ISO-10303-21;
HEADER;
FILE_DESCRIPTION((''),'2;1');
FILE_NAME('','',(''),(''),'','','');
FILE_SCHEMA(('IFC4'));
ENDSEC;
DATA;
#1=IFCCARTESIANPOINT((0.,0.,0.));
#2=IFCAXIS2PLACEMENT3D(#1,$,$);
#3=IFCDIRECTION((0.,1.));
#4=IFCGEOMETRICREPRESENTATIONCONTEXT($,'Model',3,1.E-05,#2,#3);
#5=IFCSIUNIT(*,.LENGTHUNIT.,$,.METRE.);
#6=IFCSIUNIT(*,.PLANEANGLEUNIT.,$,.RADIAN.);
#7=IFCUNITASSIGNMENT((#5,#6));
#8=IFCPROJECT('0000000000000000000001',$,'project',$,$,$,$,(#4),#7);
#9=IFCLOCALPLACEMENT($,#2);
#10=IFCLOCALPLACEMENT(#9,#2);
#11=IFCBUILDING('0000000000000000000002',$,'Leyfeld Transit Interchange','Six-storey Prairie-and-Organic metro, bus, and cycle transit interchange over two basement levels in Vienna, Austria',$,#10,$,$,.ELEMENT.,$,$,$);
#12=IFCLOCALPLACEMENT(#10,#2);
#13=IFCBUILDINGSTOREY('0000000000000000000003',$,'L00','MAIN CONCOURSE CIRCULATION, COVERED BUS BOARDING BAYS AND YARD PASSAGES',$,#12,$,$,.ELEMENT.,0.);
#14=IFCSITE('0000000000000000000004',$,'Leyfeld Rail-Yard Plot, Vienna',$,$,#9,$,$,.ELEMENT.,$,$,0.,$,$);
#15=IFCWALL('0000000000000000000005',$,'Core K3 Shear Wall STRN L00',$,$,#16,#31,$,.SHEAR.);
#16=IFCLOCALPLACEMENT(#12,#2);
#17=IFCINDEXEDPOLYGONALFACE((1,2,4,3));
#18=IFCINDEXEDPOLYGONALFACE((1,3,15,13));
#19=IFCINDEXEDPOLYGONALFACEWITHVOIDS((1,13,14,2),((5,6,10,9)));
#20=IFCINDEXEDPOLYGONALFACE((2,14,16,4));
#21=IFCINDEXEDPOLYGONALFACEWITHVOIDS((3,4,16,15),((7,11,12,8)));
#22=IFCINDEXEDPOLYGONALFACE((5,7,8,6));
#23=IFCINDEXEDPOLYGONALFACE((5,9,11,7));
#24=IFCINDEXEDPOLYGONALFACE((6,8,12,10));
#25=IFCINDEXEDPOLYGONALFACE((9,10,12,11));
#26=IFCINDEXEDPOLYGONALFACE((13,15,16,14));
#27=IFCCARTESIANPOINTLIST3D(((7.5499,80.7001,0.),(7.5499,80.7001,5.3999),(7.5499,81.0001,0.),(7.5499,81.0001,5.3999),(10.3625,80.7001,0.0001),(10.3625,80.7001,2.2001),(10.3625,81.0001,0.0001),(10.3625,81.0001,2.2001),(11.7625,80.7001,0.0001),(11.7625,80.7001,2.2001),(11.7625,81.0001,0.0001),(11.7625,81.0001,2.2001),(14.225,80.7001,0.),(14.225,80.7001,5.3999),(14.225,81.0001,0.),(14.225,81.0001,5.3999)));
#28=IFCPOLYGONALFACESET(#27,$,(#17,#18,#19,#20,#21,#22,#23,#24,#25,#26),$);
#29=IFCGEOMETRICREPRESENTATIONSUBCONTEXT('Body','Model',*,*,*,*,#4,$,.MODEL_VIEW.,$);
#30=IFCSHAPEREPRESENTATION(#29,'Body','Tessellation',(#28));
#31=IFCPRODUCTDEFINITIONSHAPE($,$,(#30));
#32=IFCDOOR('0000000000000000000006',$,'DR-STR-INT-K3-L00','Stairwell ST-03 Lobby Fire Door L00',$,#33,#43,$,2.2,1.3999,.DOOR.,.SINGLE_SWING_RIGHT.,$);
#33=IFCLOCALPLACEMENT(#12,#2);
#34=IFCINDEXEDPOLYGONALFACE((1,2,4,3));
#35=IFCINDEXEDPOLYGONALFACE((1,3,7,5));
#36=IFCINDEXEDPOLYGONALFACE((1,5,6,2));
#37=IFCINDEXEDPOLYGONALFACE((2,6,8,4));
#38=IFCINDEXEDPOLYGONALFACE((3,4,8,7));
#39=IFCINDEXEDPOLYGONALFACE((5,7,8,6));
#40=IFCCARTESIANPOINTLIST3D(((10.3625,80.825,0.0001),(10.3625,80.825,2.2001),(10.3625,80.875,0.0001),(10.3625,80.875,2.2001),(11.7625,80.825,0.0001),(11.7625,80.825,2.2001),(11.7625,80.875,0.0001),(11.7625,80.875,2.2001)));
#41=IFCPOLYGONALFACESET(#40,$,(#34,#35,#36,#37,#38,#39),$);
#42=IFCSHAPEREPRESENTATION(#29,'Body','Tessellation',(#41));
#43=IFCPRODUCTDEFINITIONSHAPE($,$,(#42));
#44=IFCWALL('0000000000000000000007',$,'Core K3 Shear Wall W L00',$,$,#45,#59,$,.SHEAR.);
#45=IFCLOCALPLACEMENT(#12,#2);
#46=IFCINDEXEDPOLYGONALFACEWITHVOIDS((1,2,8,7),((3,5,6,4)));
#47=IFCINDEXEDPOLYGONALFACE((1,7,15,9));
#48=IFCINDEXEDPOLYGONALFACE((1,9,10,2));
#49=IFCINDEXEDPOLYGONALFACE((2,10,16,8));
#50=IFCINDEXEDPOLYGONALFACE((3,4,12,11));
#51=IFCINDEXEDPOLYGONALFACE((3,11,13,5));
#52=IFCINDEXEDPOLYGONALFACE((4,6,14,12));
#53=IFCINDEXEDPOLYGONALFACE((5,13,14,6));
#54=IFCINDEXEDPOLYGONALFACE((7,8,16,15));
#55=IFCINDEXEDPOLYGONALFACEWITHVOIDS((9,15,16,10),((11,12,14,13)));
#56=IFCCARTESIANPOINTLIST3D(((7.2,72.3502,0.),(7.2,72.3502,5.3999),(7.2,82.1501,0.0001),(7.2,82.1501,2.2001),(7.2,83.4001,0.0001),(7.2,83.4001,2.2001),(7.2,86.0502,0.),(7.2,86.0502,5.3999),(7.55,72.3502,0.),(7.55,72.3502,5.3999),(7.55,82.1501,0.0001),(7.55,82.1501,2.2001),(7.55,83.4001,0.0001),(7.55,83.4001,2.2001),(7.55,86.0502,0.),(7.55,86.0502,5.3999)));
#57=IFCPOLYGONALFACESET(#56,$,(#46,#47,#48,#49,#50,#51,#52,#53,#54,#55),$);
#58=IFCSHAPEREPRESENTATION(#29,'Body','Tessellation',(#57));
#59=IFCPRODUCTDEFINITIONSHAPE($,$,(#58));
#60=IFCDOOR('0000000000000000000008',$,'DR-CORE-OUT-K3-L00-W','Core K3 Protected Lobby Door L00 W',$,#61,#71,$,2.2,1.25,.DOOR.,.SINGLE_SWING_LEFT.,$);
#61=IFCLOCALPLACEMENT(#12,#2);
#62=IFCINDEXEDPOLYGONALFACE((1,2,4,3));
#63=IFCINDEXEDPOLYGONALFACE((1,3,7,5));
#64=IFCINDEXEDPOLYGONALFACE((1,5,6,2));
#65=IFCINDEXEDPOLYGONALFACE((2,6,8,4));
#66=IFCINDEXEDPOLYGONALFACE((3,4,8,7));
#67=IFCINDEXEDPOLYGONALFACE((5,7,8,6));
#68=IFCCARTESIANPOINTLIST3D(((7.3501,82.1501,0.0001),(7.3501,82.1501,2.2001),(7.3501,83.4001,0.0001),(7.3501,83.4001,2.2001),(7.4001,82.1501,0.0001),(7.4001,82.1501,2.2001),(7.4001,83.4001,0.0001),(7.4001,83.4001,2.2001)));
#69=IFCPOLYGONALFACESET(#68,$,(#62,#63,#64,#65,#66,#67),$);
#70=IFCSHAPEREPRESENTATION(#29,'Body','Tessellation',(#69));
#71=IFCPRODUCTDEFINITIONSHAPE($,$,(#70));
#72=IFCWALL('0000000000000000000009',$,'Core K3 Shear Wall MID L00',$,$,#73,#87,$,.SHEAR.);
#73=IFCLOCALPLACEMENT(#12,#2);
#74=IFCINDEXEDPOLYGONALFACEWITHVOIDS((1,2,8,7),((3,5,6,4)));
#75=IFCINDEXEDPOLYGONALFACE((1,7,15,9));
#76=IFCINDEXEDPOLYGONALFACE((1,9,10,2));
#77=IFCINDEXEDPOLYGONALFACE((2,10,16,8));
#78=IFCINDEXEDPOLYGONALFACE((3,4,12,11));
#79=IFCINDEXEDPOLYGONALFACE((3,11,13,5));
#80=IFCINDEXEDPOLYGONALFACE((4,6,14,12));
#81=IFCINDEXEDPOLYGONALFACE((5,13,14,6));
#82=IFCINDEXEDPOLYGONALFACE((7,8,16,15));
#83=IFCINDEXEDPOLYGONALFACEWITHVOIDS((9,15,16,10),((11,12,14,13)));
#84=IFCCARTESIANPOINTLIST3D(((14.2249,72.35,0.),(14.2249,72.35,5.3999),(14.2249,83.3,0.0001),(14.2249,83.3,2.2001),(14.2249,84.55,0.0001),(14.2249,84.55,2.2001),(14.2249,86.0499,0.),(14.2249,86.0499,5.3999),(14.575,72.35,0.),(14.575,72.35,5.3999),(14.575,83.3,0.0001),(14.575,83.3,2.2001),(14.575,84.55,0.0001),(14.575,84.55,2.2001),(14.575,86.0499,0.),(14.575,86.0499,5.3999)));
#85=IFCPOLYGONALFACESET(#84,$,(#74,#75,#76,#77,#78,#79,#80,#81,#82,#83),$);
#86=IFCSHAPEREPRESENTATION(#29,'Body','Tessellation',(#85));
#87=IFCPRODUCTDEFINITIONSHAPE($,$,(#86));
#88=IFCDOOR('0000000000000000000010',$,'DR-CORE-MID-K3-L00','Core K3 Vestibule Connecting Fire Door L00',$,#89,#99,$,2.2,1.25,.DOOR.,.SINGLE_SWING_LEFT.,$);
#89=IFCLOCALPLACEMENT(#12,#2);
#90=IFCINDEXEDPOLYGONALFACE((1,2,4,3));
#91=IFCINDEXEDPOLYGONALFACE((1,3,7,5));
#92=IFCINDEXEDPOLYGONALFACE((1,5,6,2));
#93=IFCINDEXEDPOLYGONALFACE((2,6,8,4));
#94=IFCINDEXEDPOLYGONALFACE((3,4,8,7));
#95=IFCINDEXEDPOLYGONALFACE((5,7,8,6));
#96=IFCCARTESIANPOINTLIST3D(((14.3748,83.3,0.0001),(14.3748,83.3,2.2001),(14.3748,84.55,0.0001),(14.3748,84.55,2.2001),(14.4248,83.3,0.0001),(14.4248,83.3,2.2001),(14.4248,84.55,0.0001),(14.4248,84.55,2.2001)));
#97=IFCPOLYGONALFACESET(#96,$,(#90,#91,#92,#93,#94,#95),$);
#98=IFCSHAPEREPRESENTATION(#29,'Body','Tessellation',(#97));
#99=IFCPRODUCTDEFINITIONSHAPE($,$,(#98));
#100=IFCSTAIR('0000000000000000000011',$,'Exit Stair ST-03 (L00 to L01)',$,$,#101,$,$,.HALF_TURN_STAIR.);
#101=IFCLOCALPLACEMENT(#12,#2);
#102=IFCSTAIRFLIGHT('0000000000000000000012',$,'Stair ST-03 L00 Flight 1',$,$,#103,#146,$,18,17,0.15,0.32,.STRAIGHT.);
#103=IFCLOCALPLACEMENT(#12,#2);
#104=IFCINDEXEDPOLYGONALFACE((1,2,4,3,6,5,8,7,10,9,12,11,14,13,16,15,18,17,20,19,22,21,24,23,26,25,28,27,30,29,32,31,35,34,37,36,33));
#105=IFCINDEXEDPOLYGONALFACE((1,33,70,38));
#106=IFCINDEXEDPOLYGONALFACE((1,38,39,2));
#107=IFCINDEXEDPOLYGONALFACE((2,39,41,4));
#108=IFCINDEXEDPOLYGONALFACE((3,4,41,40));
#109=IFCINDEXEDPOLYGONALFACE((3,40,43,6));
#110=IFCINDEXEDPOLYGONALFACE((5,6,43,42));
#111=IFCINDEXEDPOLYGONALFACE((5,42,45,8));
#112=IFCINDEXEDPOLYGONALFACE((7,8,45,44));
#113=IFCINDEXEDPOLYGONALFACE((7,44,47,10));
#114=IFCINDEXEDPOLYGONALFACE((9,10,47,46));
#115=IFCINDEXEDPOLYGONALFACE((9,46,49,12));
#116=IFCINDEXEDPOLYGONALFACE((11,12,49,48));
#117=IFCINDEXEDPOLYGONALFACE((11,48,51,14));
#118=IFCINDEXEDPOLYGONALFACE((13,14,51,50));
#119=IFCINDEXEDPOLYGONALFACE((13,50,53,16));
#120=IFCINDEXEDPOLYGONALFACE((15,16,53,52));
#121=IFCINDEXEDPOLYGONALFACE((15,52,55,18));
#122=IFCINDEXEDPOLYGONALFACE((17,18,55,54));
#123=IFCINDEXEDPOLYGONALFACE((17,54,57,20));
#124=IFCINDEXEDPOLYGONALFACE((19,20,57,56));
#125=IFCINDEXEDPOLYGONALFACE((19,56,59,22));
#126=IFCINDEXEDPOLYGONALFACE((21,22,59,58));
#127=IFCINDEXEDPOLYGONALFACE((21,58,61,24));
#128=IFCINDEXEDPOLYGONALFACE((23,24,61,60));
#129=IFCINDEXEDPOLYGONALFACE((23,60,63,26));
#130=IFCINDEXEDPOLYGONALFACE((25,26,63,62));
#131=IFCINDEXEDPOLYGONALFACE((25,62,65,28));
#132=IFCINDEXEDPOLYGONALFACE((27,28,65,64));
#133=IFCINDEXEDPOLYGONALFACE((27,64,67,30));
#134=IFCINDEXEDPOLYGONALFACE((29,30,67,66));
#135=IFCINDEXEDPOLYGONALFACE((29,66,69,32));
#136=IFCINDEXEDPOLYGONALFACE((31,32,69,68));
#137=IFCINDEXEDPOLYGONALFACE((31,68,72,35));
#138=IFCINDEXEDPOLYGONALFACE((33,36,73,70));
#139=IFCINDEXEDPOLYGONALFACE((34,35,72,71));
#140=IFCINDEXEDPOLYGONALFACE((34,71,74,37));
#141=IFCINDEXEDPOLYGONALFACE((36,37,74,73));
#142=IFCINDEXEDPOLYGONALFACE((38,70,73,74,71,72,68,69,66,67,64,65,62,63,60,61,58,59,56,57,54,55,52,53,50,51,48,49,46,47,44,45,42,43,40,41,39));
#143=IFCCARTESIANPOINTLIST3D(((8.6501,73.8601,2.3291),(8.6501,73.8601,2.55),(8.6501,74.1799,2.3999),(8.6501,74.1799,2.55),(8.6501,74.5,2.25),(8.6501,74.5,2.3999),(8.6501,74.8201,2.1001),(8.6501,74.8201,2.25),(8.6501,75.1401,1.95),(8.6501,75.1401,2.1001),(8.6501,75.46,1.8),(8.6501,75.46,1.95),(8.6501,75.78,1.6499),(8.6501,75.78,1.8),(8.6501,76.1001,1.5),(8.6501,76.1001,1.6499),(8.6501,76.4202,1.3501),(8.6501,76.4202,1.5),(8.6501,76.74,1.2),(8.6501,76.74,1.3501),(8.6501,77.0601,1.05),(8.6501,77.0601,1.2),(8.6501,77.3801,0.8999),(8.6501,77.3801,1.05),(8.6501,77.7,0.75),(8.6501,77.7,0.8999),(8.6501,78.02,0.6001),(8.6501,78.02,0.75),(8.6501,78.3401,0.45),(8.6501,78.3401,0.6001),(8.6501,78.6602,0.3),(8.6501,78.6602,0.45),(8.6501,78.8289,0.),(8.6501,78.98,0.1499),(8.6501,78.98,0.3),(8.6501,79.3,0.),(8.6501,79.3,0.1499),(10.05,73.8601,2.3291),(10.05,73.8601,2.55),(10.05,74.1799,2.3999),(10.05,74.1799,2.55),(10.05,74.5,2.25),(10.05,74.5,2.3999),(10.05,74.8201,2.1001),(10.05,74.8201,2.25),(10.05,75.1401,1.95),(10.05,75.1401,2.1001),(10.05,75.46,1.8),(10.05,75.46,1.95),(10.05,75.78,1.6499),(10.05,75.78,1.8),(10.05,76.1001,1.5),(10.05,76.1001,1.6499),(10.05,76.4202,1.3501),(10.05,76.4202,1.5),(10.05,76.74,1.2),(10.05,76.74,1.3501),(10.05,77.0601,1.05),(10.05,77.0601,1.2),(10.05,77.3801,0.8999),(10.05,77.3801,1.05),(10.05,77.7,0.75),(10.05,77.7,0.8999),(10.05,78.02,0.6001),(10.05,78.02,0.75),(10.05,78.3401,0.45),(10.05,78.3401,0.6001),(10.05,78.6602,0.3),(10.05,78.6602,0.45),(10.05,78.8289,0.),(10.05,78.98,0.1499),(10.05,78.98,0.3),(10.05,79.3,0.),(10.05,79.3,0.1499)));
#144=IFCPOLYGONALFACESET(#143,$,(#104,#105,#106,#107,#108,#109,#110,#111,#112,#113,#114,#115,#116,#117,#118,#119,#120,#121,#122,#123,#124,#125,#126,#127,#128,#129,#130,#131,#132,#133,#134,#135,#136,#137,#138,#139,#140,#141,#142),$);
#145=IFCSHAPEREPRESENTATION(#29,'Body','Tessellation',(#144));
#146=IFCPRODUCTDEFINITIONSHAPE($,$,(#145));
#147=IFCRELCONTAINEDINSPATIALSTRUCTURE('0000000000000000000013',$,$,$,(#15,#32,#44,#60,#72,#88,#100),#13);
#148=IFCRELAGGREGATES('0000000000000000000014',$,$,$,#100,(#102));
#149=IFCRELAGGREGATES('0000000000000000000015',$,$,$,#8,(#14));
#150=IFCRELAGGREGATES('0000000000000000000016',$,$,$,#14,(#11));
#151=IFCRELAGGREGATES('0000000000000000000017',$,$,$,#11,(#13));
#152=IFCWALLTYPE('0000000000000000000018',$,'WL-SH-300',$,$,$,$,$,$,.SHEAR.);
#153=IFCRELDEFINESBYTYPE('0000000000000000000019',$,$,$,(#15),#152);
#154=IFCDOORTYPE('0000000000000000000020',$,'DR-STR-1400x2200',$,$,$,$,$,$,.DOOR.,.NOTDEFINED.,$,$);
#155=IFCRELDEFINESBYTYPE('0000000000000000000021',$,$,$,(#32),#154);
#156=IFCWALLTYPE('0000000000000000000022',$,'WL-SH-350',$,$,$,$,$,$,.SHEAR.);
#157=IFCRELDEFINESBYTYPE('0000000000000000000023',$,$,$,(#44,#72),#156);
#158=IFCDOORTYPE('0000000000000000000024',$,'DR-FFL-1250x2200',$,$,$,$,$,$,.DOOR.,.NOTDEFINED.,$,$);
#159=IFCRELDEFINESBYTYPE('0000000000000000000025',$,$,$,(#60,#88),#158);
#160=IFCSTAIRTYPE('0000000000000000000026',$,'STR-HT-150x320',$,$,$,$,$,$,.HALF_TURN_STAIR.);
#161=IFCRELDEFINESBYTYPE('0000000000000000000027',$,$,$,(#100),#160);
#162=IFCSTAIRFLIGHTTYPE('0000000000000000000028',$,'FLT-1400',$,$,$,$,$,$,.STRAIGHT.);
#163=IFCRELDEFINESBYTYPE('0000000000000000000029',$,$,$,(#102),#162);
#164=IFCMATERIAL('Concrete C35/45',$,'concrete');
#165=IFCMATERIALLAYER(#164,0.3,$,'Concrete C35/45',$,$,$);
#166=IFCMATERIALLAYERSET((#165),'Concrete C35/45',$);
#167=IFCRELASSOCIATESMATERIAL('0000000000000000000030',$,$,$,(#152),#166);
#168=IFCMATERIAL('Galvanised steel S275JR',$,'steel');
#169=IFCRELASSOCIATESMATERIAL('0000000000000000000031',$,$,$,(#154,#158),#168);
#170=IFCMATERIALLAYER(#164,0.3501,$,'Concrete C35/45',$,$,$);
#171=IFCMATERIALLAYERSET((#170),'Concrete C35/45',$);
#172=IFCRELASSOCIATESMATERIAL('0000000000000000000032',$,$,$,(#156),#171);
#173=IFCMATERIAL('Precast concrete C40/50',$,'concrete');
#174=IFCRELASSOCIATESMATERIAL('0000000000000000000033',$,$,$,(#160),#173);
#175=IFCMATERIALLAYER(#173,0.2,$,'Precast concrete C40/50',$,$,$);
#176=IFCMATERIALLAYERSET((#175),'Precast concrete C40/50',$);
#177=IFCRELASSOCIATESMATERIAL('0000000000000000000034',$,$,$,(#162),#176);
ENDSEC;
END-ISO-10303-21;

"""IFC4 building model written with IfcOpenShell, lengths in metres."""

from ifc_helpers import new_model, si_unit, direction, frame, frame_2d, origin, place, context, subcontext, project, spatial, polyline, rectangle, outline, extrude, material, layer, layer_set, type_object, element, fill, aggregate, save


model = new_model("IFC4")

# Units and contexts
model_context = context("Model", 3, precision=1e-05, world=origin(), true_north=direction((0.0, 1.0)))
body_context = subcontext(model_context, "Body", "Model", "MODEL_VIEW")
ifc_project = project(units=[si_unit("LENGTHUNIT", "METRE"), si_unit("PLANEANGLEUNIT", "RADIAN")], contexts=[model_context])

# Site, building, storey
site_placement = place(None, origin())
site = spatial("IfcSite", under=ifc_project, at=site_placement, Name="Leyfeld Rail-Yard Plot, Vienna", CompositionType="ELEMENT", RefElevation=0.0)
building_placement = place(site_placement, origin())
building = spatial("IfcBuilding", under=site, at=building_placement, Name="Leyfeld Transit Interchange", Description="Six-storey Prairie-and-Organic metro, bus, and cycle transit interchange over two basement levels in Vienna, Austria", CompositionType="ELEMENT")
storey_placement = place(building_placement, origin())
storey = spatial("IfcBuildingStorey", under=building, at=storey_placement, Name="L00", Description="MAIN CONCOURSE CIRCULATION, COVERED BUS BOARDING BAYS AND YARD PASSAGES", CompositionType="ELEMENT", Elevation=0.0)

# Shared definitions
ifc_material_1 = material(Name="Concrete C35/45", Category="concrete")

# Walls, openings, doors
ifc_layer_1 = layer(ifc_material_1, 0.3, Name="Concrete C35/45")
ifc_layer_set_1 = layer_set([ifc_layer_1], Name="Concrete C35/45")
wall_type_1 = type_object("IfcWallType", Name="WL-SH-300", PredefinedType="SHEAR", material=ifc_layer_set_1)
wall_1_placement = place(storey_placement, frame((7.55, 80.8501, 0.0), z_axis=(0.0, 0.0, 1.0), x_axis=(1.0, 0.0, 0.0)))
wall_1 = element("IfcWall", 1, at=wall_1_placement, inside=storey, type_object=wall_type_1, Name="Core K3 Shear Wall STRN L00", PredefinedType="SHEAR", context=body_context, shape_type="SweptSolid", body=[
    extrude(rectangle(XDim=6.675, YDim=0.3, at=frame_2d((3.3374, 0.0))), origin(), (0.0, 0.0, 1.0), 5.3999),
])
opening_1_placement = place(wall_1_placement, frame((2.8125, 0.0, 0.0)))
opening_1 = element("IfcOpeningElement", 2, at=opening_1_placement, cuts=wall_1, PredefinedType="OPENING", context=body_context, shape_type="SweptSolid", body=[
    extrude(rectangle(XDim=1.3999, YDim=2.2, at=frame_2d((0.7, 1.1001))), frame((0.0, 0.1599, 0.0), z_axis=(0.0, -1.0, 0.0), x_axis=(1.0, 0.0, 0.0)), (0.0, 0.0, 1.0), 0.3201),
])
ifc_material_2 = material(Name="Galvanised steel S275JR", Category="steel")
door_type_1 = type_object("IfcDoorType", Name="DR-STR-1400x2200", OperationType="NOTDEFINED", PredefinedType="DOOR", material=ifc_material_2)
door_1_placement = place(opening_1_placement, origin())
door_1 = element("IfcDoor", 3, at=door_1_placement, inside=storey, type_object=door_type_1, Name="DR-STR-INT-K3-L00", Description="Stairwell ST-03 Lobby Fire Door L00", OperationType="SINGLE_SWING_RIGHT", OverallHeight=2.2, OverallWidth=1.3999, PredefinedType="DOOR", context=body_context, shape_type="SweptSolid", body=[
    extrude(rectangle(XDim=1.3999, YDim=2.2, at=frame_2d((0.7, 1.1001))), frame((0.0, 0.0249, 0.0), z_axis=(0.0, -1.0, 0.0), x_axis=(1.0, 0.0, 0.0)), (0.0, 0.0, 1.0), 0.05),
])
fill(opening_1, door_1)
ifc_layer_2 = layer(ifc_material_1, 0.3501, Name="Concrete C35/45")
ifc_layer_set_2 = layer_set([ifc_layer_2], Name="Concrete C35/45")
wall_type_2 = type_object("IfcWallType", Name="WL-SH-350", PredefinedType="SHEAR", material=ifc_layer_set_2)
wall_2_placement = place(storey_placement, frame((7.375, 72.3501, 0.0), z_axis=(0.0, 0.0, 1.0), x_axis=(0.0, 1.0, 0.0)))
wall_2 = element("IfcWall", 4, at=wall_2_placement, inside=storey, type_object=wall_type_2, Name="Core K3 Shear Wall W L00", PredefinedType="SHEAR", context=body_context, shape_type="SweptSolid", body=[
    extrude(rectangle(XDim=13.7, YDim=0.3501, at=frame_2d((6.8501, 0.0))), origin(), (0.0, 0.0, 1.0), 5.3999),
])
opening_2_placement = place(wall_2_placement, frame((9.8, 0.0, 0.0)))
opening_2 = element("IfcOpeningElement", 5, at=opening_2_placement, cuts=wall_2, PredefinedType="OPENING", context=body_context, shape_type="SweptSolid", body=[
    extrude(rectangle(XDim=1.25, YDim=2.2, at=frame_2d((0.625, 1.1001))), frame((0.0, 0.1851, 0.0), z_axis=(0.0, -1.0, 0.0), x_axis=(1.0, 0.0, 0.0)), (0.0, 0.0, 1.0), 0.3701),
])
door_type_2 = type_object("IfcDoorType", Name="DR-FFL-1250x2200", OperationType="NOTDEFINED", PredefinedType="DOOR", material=ifc_material_2)
door_2_placement = place(opening_2_placement, origin())
door_2 = element("IfcDoor", 6, at=door_2_placement, inside=storey, type_object=door_type_2, Name="DR-CORE-OUT-K3-L00-W", Description="Core K3 Protected Lobby Door L00 W", OperationType="SINGLE_SWING_LEFT", OverallHeight=2.2, OverallWidth=1.25, PredefinedType="DOOR", context=body_context, shape_type="SweptSolid", body=[
    extrude(rectangle(XDim=1.25, YDim=2.2, at=frame_2d((0.625, 1.1001))), frame((0.0, 0.0249, 0.0), z_axis=(0.0, -1.0, 0.0), x_axis=(1.0, 0.0, 0.0)), (0.0, 0.0, 1.0), 0.05),
])
fill(opening_2, door_2)
wall_3_placement = place(storey_placement, frame((14.3999, 86.05, 0.0), z_axis=(0.0, 0.0, 1.0), x_axis=(0.0, -1.0, 0.0)))
wall_3 = element("IfcWall", 7, at=wall_3_placement, inside=storey, type_object=wall_type_2, Name="Core K3 Shear Wall MID L00", PredefinedType="SHEAR", context=body_context, shape_type="SweptSolid", body=[
    extrude(rectangle(XDim=13.7, YDim=0.3501, at=frame_2d((6.8501, 0.0))), origin(), (0.0, 0.0, 1.0), 5.3999),
])
opening_3_placement = place(wall_3_placement, frame((1.5, 0.0, 0.0)))
opening_3 = element("IfcOpeningElement", 8, at=opening_3_placement, cuts=wall_3, PredefinedType="OPENING", context=body_context, shape_type="SweptSolid", body=[
    extrude(rectangle(XDim=1.25, YDim=2.2, at=frame_2d((0.625, 1.1001))), frame((0.0, 0.1851, 0.0), z_axis=(0.0, -1.0, 0.0), x_axis=(1.0, 0.0, 0.0)), (0.0, 0.0, 1.0), 0.3701),
])
door_3_placement = place(opening_3_placement, origin())
door_3 = element("IfcDoor", 9, at=door_3_placement, inside=storey, type_object=door_type_2, Name="DR-CORE-MID-K3-L00", Description="Core K3 Vestibule Connecting Fire Door L00", OperationType="SINGLE_SWING_LEFT", OverallHeight=2.2, OverallWidth=1.25, PredefinedType="DOOR", context=body_context, shape_type="SweptSolid", body=[
    extrude(rectangle(XDim=1.25, YDim=2.2, at=frame_2d((0.625, 1.1001))), frame((0.0, 0.0249, 0.0), z_axis=(0.0, -1.0, 0.0), x_axis=(1.0, 0.0, 0.0)), (0.0, 0.0, 1.0), 0.05),
])
fill(opening_3, door_3)

# Stair, stair flight
ifc_material_3 = material(Name="Precast concrete C40/50", Category="concrete")
stair_type = type_object("IfcStairType", Name="STR-HT-150x320", PredefinedType="HALF_TURN_STAIR", material=ifc_material_3)
stair_placement = place(storey_placement, origin())
stair = element("IfcStair", 10, at=stair_placement, inside=storey, type_object=stair_type, Name="Exit Stair ST-03 (L00 to L01)", PredefinedType="HALF_TURN_STAIR")
ifc_layer_3 = layer(ifc_material_3, 0.2, Name="Precast concrete C40/50")
ifc_layer_set_3 = layer_set([ifc_layer_3], Name="Precast concrete C40/50")
stair_flight_type = type_object("IfcStairFlightType", Name="FLT-1400", PredefinedType="STRAIGHT", material=ifc_layer_set_3)
stair_flight_1_placement = place(storey_placement, frame((9.3501, 79.3, 0.0), z_axis=(0.0, 0.0, 1.0), x_axis=(0.0, -1.0, 0.0)))
stair_flight_1 = element("IfcStairFlight", 11, at=stair_flight_1_placement, type_object=stair_flight_type, Name="Stair ST-03 L00 Flight 1", NumberOfRisers=18, NumberOfTreads=17, PredefinedType="STRAIGHT", RiserHeight=0.15, TreadLength=0.32, context=body_context, shape_type="SweptSolid", body=[
    extrude(outline(polyline([(0.0, 0.0), (0.0, 0.1499), (0.3201, 0.1499), (0.3201, 0.3), (0.6399, 0.3), (0.6399, 0.45), (0.96, 0.45), (0.96, 0.6001), (1.28, 0.6001), (1.28, 0.75), (1.6001, 0.75), (1.6001, 0.8999), (1.9199, 0.8999), (1.9199, 1.05), (2.24, 1.05), (2.24, 1.2), (2.5601, 1.2), (2.5601, 1.3501), (2.8799, 1.3501), (2.8799, 1.5), (3.2, 1.5), (3.2, 1.6499), (3.52, 1.6499), (3.52, 1.8), (3.8401, 1.8), (3.8401, 1.95), (4.1599, 1.95), (4.1599, 2.1001), (4.48, 2.1001), (4.48, 2.25), (4.8, 2.25), (4.8, 2.3999), (5.1201, 2.3999), (5.1201, 2.55), (5.4399, 2.55), (5.4399, 2.7), (5.4399, 2.3291), (0.4712, 0.0), (0.0, 0.0)])), frame((0.0, 0.7, 0.0), z_axis=(0.0, -1.0, 0.0), x_axis=(1.0, 0.0, 0.0)), (0.0, 0.0, 1.0), 1.3999),
])
aggregate(stair, [stair_flight_1])

save(model, "model.ifc")
